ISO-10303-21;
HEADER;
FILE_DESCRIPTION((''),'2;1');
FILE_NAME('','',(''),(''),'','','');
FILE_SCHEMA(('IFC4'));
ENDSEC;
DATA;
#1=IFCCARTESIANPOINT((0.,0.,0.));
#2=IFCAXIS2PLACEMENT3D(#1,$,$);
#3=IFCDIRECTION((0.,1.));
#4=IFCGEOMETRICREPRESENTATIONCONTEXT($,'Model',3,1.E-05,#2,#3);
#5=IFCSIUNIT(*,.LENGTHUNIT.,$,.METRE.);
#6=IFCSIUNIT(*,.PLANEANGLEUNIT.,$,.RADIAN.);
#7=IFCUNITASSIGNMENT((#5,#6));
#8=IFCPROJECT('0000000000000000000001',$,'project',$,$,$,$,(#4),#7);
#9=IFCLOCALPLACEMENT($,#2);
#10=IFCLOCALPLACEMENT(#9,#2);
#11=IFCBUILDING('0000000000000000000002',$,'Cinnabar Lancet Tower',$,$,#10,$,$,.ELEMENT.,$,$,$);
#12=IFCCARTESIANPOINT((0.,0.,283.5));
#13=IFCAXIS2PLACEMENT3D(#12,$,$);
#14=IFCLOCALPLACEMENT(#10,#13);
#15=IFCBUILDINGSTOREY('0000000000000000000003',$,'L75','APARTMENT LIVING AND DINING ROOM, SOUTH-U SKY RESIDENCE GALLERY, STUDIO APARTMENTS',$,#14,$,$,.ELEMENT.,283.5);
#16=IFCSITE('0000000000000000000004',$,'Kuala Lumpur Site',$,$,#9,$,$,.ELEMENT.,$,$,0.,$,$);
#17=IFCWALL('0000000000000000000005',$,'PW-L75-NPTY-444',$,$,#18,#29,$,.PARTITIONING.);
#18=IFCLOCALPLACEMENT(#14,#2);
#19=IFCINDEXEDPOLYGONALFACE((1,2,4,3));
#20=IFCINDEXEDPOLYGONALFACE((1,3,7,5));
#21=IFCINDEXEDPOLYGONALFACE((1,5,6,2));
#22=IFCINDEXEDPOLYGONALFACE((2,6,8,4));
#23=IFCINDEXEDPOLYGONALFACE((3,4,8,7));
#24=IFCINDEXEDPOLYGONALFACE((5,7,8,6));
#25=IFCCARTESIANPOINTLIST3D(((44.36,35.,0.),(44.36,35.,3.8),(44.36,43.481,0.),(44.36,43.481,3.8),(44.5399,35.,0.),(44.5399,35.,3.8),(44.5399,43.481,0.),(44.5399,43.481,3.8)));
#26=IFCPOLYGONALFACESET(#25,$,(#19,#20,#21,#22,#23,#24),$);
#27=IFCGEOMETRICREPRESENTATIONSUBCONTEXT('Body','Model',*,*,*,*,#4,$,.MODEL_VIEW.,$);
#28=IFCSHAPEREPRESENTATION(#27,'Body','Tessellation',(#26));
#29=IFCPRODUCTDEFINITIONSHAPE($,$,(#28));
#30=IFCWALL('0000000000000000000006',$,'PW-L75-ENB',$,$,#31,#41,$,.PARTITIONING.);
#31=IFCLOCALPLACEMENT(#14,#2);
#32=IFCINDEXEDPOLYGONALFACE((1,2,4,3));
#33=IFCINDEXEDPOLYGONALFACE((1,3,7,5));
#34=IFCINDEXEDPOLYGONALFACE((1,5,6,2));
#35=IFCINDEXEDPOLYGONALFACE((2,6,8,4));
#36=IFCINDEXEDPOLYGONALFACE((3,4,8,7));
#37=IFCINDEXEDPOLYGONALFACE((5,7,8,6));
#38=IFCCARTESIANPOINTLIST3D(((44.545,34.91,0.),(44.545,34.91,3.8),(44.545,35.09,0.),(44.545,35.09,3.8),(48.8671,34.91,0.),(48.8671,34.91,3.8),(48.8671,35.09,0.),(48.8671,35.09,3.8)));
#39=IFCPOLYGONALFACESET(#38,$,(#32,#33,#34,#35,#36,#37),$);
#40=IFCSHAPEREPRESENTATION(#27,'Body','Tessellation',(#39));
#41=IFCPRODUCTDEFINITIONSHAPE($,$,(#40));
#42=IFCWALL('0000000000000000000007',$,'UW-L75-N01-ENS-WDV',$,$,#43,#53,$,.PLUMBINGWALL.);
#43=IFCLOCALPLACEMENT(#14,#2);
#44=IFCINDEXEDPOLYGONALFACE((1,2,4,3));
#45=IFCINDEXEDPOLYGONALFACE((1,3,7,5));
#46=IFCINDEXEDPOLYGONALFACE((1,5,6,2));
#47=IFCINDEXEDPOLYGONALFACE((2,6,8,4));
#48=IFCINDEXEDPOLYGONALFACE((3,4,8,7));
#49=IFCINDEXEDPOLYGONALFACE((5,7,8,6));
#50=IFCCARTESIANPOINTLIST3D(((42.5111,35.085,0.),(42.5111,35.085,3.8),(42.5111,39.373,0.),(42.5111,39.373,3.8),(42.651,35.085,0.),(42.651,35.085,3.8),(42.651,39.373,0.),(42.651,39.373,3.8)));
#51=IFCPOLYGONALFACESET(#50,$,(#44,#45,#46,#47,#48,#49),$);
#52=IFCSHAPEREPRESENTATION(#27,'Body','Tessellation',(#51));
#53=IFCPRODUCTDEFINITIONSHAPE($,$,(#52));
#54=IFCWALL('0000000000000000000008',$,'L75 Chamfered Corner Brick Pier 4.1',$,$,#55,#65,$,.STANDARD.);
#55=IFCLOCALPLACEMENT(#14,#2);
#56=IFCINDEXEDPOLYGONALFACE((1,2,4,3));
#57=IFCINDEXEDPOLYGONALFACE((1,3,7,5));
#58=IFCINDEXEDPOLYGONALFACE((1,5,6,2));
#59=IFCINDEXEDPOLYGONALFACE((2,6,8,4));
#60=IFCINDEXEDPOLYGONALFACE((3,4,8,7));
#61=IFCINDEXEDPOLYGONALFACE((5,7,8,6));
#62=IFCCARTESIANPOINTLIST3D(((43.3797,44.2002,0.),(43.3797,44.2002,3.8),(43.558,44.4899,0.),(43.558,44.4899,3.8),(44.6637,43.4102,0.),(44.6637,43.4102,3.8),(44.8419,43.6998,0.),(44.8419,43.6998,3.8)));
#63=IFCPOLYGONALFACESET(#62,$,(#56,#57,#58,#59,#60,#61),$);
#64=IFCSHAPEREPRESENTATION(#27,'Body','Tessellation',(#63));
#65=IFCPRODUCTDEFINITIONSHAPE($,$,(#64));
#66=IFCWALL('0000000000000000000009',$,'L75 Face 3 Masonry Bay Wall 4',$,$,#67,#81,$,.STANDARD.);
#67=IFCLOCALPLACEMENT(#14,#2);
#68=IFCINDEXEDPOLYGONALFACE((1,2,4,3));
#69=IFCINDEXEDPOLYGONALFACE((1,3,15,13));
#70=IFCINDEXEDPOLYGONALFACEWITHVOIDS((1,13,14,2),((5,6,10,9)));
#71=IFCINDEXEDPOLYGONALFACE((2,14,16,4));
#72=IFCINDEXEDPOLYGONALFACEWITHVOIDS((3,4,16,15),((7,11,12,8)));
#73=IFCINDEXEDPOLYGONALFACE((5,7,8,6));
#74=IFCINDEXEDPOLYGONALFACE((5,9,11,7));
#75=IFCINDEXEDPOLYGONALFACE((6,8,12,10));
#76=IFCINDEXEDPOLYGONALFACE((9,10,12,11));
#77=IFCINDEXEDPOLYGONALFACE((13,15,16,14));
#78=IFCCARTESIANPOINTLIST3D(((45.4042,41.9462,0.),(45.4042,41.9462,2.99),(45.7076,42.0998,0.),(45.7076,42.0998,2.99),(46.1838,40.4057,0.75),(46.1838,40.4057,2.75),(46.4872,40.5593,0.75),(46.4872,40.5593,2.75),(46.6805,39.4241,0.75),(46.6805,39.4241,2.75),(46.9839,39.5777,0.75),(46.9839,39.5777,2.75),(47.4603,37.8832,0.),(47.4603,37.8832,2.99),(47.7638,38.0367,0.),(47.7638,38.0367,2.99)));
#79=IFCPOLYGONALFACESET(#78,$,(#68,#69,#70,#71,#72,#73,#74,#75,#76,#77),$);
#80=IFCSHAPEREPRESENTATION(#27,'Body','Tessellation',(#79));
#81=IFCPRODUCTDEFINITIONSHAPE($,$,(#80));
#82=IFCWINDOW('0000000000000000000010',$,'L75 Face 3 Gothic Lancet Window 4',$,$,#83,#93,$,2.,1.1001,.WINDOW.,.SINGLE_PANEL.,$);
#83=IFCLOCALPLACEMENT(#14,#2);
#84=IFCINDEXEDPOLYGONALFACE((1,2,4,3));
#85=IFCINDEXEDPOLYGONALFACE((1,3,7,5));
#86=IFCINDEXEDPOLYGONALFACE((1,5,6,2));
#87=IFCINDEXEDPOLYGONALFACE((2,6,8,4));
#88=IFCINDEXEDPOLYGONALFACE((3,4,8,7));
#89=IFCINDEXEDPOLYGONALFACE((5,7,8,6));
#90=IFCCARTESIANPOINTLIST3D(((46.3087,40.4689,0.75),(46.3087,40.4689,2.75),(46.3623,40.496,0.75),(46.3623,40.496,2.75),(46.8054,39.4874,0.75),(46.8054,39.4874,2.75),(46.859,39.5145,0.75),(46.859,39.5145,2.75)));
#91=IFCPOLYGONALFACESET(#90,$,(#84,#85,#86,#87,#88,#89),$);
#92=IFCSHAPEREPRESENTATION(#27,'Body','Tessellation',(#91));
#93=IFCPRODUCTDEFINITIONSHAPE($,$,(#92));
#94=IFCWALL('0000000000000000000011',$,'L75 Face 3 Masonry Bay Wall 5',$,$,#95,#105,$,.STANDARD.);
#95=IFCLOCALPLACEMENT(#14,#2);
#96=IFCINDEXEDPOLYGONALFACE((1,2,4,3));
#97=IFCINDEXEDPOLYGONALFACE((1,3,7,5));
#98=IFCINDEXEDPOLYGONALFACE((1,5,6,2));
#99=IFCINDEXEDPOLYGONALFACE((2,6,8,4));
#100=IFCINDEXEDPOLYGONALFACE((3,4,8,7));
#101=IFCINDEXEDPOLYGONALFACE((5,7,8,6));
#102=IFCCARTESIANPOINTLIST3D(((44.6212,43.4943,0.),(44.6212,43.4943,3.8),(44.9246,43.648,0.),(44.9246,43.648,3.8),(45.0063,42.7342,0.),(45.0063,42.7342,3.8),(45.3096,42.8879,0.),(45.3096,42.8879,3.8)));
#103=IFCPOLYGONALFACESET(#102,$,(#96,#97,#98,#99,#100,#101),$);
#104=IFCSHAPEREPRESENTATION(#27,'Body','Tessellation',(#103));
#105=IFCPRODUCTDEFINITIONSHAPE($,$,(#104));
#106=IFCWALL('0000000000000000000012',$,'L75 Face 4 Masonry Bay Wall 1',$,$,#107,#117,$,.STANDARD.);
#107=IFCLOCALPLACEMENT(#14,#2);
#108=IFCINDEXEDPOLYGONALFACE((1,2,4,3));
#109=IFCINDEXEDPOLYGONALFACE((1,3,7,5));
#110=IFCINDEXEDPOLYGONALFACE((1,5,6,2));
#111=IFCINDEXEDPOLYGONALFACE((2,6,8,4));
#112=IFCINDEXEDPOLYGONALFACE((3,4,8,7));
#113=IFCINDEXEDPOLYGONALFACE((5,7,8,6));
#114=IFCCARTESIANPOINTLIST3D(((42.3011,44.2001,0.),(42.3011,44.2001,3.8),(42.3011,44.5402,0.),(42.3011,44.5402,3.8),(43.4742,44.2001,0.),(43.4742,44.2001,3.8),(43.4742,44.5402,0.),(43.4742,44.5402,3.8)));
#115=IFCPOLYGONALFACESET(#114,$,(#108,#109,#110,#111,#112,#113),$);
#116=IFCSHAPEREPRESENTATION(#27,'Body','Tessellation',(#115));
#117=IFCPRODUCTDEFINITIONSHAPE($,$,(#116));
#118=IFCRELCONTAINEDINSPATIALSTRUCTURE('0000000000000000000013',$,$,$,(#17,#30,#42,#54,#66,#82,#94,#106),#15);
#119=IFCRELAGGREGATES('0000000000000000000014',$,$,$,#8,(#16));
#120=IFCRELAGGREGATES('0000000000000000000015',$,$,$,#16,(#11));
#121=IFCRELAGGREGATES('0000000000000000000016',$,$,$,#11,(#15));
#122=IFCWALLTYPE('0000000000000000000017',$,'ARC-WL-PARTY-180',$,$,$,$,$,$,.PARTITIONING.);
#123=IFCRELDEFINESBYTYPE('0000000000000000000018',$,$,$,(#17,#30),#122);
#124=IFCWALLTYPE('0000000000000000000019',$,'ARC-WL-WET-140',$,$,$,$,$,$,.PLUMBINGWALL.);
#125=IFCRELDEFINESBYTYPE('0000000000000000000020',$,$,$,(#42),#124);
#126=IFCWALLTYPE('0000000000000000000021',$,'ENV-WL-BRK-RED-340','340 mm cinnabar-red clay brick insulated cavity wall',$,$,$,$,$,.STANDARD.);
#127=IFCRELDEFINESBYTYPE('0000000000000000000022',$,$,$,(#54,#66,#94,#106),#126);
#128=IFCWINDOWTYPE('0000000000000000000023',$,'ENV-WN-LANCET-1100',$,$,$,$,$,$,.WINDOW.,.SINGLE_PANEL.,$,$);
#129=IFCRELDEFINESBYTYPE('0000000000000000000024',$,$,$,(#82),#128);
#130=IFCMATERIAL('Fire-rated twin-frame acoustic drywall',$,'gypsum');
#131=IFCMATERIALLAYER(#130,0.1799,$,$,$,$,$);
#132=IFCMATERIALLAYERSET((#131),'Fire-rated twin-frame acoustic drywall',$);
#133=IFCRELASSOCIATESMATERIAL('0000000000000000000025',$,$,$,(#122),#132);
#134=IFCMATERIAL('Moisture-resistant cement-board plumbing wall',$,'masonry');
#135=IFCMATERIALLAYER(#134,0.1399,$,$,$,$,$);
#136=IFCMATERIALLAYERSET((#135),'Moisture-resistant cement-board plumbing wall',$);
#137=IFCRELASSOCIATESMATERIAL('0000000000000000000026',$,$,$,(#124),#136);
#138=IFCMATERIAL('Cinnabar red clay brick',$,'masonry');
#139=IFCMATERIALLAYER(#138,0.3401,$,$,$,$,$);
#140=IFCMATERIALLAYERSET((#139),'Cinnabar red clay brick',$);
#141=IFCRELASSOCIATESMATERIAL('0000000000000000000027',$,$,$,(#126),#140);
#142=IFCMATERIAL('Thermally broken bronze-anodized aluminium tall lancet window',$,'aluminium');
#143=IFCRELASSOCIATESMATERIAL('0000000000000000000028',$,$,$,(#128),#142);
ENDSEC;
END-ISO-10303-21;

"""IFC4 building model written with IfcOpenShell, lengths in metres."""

from ifc_helpers import new_model, si_unit, direction, frame, frame_2d, origin, place, context, subcontext, project, spatial, rectangle, extrude, material, layer, layer_set, type_object, element, fill, save


model = new_model("IFC4")

# Units and contexts
model_context = context("Model", 3, precision=1e-05, world=origin(), true_north=direction((0.0, 1.0)))
body_context = subcontext(model_context, "Body", "Model", "MODEL_VIEW")
ifc_project = project(units=[si_unit("LENGTHUNIT", "METRE"), si_unit("PLANEANGLEUNIT", "RADIAN")], contexts=[model_context])

# Site, building, storey
site_placement = place(None, origin())
site = spatial("IfcSite", under=ifc_project, at=site_placement, Name="Kuala Lumpur Site", CompositionType="ELEMENT", RefElevation=0.0)
building_placement = place(site_placement, origin())
building = spatial("IfcBuilding", under=site, at=building_placement, Name="Cinnabar Lancet Tower", CompositionType="ELEMENT")
storey_placement = place(building_placement, frame((0.0, 0.0, 283.5)))
storey = spatial("IfcBuildingStorey", under=building, at=storey_placement, Name="L75", Description="APARTMENT LIVING AND DINING ROOM, SOUTH-U SKY RESIDENCE GALLERY, STUDIO APARTMENTS", CompositionType="ELEMENT", Elevation=283.5)

# Walls
ifc_material_1 = material(Name="Fire-rated twin-frame acoustic drywall", Category="gypsum")
ifc_layer_1 = layer(ifc_material_1, 0.1799)
ifc_layer_set_1 = layer_set([ifc_layer_1], Name="Fire-rated twin-frame acoustic drywall")
wall_type_1 = type_object("IfcWallType", Name="ARC-WL-PARTY-180", PredefinedType="PARTITIONING", material=ifc_layer_set_1)
wall_1_placement = place(storey_placement, frame((44.45, 35.0, 0.0), z_axis=(0.0, 0.0, 1.0), x_axis=(0.0, 1.0, 0.0)))
element("IfcWall", 1, at=wall_1_placement, inside=storey, type_object=wall_type_1, Name="PW-L75-NPTY-444", PredefinedType="PARTITIONING", context=body_context, shape_type="SweptSolid", body=[
    extrude(rectangle(XDim=8.481, YDim=0.1799, at=frame_2d((4.2405, 0.0))), origin(), (0.0, 0.0, 1.0), 3.8),
])
wall_2_placement = place(storey_placement, frame((44.5449, 35.0, 0.0), z_axis=(0.0, 0.0, 1.0), x_axis=(1.0, 0.0, 0.0)))
element("IfcWall", 2, at=wall_2_placement, inside=storey, type_object=wall_type_1, Name="PW-L75-ENB", PredefinedType="PARTITIONING", context=body_context, shape_type="SweptSolid", body=[
    extrude(rectangle(XDim=4.322, YDim=0.1799, at=frame_2d((2.1611, 0.0))), origin(), (0.0, 0.0, 1.0), 3.8),
])
ifc_material_2 = material(Name="Moisture-resistant cement-board plumbing wall", Category="masonry")
ifc_layer_2 = layer(ifc_material_2, 0.1399)
ifc_layer_set_2 = layer_set([ifc_layer_2], Name="Moisture-resistant cement-board plumbing wall")
wall_type_2 = type_object("IfcWallType", Name="ARC-WL-WET-140", PredefinedType="PLUMBINGWALL", material=ifc_layer_set_2)
wall_3_placement = place(storey_placement, frame((42.5811, 35.085, 0.0), z_axis=(0.0, 0.0, 1.0), x_axis=(0.0, 1.0, 0.0)))
element("IfcWall", 3, at=wall_3_placement, inside=storey, type_object=wall_type_2, Name="UW-L75-N01-ENS-WDV", PredefinedType="PLUMBINGWALL", context=body_context, shape_type="SweptSolid", body=[
    extrude(rectangle(XDim=4.2881, YDim=0.1399, at=frame_2d((2.144, 0.0))), origin(), (0.0, 0.0, 1.0), 3.8),
])
ifc_material_3 = material(Name="Cinnabar red clay brick", Category="masonry")
ifc_layer_3 = layer(ifc_material_3, 0.3401)
ifc_layer_set_3 = layer_set([ifc_layer_3], Name="Cinnabar red clay brick")
wall_type_3 = type_object("IfcWallType", Name="ENV-WL-BRK-RED-340", Description="340 mm cinnabar-red clay brick insulated cavity wall", PredefinedType="STANDARD", material=ifc_layer_set_3)
wall_4_placement = place(storey_placement, frame((44.7529, 43.5549, 0.0), z_axis=(0.0, 0.0, 1.0), x_axis=(-0.851681, 0.524061, 0.0)))
element("IfcWall", 4, at=wall_4_placement, inside=storey, type_object=wall_type_3, Name="L75 Chamfered Corner Brick Pier 4.1", PredefinedType="STANDARD", context=body_context, shape_type="SweptSolid", body=[
    extrude(rectangle(XDim=1.5076, YDim=0.3401, at=frame_2d((0.7539, 0.0))), origin(), (0.0, 0.0, 1.0), 3.8),
])

# Wall, opening, window
wall_5_placement = place(storey_placement, frame((47.6121, 37.96, 0.0), z_axis=(0.0, 0.0, 1.0), x_axis=(-0.45154, 0.892251, 0.0)))
wall_5 = element("IfcWall", 5, at=wall_5_placement, inside=storey, type_object=wall_type_3, Name="L75 Face 3 Masonry Bay Wall 4", PredefinedType="STANDARD", context=body_context, shape_type="SweptSolid", body=[
    extrude(rectangle(XDim=4.5537, YDim=0.3401, at=frame_2d((2.2769, 0.0))), origin(), (0.0, 0.0, 1.0), 2.99),
])
opening_placement = place(wall_5_placement, frame((1.7271, 0.0, 0.75)))
opening = element("IfcOpeningElement", 6, at=opening_placement, cuts=wall_5, PredefinedType="OPENING", context=body_context, shape_type="SweptSolid", body=[
    extrude(rectangle(XDim=1.1001, YDim=2.0, at=frame_2d((0.55, 1.0))), frame((0.0, 0.1799, 0.0), z_axis=(0.0, -1.0, 0.0), x_axis=(1.0, 0.0, 0.0)), (0.0, 0.0, 1.0), 0.3601),
])
ifc_material_4 = material(Name="Thermally broken bronze-anodized aluminium tall lancet window", Category="aluminium")
window_type = type_object("IfcWindowType", Name="ENV-WN-LANCET-1100", PartitioningType="SINGLE_PANEL", PredefinedType="WINDOW", material=ifc_material_4)
window_placement = place(opening_placement, origin())
window = element("IfcWindow", 7, at=window_placement, inside=storey, type_object=window_type, Name="L75 Face 3 Gothic Lancet Window 4", OverallHeight=2.0, OverallWidth=1.1001, PartitioningType="SINGLE_PANEL", PredefinedType="WINDOW", context=body_context, shape_type="SweptSolid", body=[
    extrude(rectangle(XDim=1.1001, YDim=2.0, at=frame_2d((0.55, 1.0))), frame((0.0, 0.03, 0.0), z_axis=(0.0, -1.0, 0.0), x_axis=(1.0, 0.0, 0.0)), (0.0, 0.0, 1.0), 0.0601),
])
fill(opening, window)

# Walls
wall_6_placement = place(storey_placement, frame((45.158, 42.811, 0.0), z_axis=(0.0, 0.0, 1.0), x_axis=(-0.451907, 0.892065, 0.0)))
element("IfcWall", 8, at=wall_6_placement, inside=storey, type_object=wall_type_3, Name="L75 Face 3 Masonry Bay Wall 5", PredefinedType="STANDARD", context=body_context, shape_type="SweptSolid", body=[
    extrude(rectangle(XDim=0.8521, YDim=0.3401, at=frame_2d((0.426, 0.0))), origin(), (0.0, 0.0, 1.0), 3.8),
])
wall_7_placement = place(storey_placement, frame((43.4741, 44.3701, 0.0), z_axis=(0.0, 0.0, 1.0), x_axis=(-1.0, 0.0, 0.0)))
element("IfcWall", 9, at=wall_7_placement, inside=storey, type_object=wall_type_3, Name="L75 Face 4 Masonry Bay Wall 1", PredefinedType="STANDARD", context=body_context, shape_type="SweptSolid", body=[
    extrude(rectangle(XDim=1.1731, YDim=0.3401, at=frame_2d((0.5864, 0.0))), origin(), (0.0, 0.0, 1.0), 3.8),
])

save(model, "model.ifc")
